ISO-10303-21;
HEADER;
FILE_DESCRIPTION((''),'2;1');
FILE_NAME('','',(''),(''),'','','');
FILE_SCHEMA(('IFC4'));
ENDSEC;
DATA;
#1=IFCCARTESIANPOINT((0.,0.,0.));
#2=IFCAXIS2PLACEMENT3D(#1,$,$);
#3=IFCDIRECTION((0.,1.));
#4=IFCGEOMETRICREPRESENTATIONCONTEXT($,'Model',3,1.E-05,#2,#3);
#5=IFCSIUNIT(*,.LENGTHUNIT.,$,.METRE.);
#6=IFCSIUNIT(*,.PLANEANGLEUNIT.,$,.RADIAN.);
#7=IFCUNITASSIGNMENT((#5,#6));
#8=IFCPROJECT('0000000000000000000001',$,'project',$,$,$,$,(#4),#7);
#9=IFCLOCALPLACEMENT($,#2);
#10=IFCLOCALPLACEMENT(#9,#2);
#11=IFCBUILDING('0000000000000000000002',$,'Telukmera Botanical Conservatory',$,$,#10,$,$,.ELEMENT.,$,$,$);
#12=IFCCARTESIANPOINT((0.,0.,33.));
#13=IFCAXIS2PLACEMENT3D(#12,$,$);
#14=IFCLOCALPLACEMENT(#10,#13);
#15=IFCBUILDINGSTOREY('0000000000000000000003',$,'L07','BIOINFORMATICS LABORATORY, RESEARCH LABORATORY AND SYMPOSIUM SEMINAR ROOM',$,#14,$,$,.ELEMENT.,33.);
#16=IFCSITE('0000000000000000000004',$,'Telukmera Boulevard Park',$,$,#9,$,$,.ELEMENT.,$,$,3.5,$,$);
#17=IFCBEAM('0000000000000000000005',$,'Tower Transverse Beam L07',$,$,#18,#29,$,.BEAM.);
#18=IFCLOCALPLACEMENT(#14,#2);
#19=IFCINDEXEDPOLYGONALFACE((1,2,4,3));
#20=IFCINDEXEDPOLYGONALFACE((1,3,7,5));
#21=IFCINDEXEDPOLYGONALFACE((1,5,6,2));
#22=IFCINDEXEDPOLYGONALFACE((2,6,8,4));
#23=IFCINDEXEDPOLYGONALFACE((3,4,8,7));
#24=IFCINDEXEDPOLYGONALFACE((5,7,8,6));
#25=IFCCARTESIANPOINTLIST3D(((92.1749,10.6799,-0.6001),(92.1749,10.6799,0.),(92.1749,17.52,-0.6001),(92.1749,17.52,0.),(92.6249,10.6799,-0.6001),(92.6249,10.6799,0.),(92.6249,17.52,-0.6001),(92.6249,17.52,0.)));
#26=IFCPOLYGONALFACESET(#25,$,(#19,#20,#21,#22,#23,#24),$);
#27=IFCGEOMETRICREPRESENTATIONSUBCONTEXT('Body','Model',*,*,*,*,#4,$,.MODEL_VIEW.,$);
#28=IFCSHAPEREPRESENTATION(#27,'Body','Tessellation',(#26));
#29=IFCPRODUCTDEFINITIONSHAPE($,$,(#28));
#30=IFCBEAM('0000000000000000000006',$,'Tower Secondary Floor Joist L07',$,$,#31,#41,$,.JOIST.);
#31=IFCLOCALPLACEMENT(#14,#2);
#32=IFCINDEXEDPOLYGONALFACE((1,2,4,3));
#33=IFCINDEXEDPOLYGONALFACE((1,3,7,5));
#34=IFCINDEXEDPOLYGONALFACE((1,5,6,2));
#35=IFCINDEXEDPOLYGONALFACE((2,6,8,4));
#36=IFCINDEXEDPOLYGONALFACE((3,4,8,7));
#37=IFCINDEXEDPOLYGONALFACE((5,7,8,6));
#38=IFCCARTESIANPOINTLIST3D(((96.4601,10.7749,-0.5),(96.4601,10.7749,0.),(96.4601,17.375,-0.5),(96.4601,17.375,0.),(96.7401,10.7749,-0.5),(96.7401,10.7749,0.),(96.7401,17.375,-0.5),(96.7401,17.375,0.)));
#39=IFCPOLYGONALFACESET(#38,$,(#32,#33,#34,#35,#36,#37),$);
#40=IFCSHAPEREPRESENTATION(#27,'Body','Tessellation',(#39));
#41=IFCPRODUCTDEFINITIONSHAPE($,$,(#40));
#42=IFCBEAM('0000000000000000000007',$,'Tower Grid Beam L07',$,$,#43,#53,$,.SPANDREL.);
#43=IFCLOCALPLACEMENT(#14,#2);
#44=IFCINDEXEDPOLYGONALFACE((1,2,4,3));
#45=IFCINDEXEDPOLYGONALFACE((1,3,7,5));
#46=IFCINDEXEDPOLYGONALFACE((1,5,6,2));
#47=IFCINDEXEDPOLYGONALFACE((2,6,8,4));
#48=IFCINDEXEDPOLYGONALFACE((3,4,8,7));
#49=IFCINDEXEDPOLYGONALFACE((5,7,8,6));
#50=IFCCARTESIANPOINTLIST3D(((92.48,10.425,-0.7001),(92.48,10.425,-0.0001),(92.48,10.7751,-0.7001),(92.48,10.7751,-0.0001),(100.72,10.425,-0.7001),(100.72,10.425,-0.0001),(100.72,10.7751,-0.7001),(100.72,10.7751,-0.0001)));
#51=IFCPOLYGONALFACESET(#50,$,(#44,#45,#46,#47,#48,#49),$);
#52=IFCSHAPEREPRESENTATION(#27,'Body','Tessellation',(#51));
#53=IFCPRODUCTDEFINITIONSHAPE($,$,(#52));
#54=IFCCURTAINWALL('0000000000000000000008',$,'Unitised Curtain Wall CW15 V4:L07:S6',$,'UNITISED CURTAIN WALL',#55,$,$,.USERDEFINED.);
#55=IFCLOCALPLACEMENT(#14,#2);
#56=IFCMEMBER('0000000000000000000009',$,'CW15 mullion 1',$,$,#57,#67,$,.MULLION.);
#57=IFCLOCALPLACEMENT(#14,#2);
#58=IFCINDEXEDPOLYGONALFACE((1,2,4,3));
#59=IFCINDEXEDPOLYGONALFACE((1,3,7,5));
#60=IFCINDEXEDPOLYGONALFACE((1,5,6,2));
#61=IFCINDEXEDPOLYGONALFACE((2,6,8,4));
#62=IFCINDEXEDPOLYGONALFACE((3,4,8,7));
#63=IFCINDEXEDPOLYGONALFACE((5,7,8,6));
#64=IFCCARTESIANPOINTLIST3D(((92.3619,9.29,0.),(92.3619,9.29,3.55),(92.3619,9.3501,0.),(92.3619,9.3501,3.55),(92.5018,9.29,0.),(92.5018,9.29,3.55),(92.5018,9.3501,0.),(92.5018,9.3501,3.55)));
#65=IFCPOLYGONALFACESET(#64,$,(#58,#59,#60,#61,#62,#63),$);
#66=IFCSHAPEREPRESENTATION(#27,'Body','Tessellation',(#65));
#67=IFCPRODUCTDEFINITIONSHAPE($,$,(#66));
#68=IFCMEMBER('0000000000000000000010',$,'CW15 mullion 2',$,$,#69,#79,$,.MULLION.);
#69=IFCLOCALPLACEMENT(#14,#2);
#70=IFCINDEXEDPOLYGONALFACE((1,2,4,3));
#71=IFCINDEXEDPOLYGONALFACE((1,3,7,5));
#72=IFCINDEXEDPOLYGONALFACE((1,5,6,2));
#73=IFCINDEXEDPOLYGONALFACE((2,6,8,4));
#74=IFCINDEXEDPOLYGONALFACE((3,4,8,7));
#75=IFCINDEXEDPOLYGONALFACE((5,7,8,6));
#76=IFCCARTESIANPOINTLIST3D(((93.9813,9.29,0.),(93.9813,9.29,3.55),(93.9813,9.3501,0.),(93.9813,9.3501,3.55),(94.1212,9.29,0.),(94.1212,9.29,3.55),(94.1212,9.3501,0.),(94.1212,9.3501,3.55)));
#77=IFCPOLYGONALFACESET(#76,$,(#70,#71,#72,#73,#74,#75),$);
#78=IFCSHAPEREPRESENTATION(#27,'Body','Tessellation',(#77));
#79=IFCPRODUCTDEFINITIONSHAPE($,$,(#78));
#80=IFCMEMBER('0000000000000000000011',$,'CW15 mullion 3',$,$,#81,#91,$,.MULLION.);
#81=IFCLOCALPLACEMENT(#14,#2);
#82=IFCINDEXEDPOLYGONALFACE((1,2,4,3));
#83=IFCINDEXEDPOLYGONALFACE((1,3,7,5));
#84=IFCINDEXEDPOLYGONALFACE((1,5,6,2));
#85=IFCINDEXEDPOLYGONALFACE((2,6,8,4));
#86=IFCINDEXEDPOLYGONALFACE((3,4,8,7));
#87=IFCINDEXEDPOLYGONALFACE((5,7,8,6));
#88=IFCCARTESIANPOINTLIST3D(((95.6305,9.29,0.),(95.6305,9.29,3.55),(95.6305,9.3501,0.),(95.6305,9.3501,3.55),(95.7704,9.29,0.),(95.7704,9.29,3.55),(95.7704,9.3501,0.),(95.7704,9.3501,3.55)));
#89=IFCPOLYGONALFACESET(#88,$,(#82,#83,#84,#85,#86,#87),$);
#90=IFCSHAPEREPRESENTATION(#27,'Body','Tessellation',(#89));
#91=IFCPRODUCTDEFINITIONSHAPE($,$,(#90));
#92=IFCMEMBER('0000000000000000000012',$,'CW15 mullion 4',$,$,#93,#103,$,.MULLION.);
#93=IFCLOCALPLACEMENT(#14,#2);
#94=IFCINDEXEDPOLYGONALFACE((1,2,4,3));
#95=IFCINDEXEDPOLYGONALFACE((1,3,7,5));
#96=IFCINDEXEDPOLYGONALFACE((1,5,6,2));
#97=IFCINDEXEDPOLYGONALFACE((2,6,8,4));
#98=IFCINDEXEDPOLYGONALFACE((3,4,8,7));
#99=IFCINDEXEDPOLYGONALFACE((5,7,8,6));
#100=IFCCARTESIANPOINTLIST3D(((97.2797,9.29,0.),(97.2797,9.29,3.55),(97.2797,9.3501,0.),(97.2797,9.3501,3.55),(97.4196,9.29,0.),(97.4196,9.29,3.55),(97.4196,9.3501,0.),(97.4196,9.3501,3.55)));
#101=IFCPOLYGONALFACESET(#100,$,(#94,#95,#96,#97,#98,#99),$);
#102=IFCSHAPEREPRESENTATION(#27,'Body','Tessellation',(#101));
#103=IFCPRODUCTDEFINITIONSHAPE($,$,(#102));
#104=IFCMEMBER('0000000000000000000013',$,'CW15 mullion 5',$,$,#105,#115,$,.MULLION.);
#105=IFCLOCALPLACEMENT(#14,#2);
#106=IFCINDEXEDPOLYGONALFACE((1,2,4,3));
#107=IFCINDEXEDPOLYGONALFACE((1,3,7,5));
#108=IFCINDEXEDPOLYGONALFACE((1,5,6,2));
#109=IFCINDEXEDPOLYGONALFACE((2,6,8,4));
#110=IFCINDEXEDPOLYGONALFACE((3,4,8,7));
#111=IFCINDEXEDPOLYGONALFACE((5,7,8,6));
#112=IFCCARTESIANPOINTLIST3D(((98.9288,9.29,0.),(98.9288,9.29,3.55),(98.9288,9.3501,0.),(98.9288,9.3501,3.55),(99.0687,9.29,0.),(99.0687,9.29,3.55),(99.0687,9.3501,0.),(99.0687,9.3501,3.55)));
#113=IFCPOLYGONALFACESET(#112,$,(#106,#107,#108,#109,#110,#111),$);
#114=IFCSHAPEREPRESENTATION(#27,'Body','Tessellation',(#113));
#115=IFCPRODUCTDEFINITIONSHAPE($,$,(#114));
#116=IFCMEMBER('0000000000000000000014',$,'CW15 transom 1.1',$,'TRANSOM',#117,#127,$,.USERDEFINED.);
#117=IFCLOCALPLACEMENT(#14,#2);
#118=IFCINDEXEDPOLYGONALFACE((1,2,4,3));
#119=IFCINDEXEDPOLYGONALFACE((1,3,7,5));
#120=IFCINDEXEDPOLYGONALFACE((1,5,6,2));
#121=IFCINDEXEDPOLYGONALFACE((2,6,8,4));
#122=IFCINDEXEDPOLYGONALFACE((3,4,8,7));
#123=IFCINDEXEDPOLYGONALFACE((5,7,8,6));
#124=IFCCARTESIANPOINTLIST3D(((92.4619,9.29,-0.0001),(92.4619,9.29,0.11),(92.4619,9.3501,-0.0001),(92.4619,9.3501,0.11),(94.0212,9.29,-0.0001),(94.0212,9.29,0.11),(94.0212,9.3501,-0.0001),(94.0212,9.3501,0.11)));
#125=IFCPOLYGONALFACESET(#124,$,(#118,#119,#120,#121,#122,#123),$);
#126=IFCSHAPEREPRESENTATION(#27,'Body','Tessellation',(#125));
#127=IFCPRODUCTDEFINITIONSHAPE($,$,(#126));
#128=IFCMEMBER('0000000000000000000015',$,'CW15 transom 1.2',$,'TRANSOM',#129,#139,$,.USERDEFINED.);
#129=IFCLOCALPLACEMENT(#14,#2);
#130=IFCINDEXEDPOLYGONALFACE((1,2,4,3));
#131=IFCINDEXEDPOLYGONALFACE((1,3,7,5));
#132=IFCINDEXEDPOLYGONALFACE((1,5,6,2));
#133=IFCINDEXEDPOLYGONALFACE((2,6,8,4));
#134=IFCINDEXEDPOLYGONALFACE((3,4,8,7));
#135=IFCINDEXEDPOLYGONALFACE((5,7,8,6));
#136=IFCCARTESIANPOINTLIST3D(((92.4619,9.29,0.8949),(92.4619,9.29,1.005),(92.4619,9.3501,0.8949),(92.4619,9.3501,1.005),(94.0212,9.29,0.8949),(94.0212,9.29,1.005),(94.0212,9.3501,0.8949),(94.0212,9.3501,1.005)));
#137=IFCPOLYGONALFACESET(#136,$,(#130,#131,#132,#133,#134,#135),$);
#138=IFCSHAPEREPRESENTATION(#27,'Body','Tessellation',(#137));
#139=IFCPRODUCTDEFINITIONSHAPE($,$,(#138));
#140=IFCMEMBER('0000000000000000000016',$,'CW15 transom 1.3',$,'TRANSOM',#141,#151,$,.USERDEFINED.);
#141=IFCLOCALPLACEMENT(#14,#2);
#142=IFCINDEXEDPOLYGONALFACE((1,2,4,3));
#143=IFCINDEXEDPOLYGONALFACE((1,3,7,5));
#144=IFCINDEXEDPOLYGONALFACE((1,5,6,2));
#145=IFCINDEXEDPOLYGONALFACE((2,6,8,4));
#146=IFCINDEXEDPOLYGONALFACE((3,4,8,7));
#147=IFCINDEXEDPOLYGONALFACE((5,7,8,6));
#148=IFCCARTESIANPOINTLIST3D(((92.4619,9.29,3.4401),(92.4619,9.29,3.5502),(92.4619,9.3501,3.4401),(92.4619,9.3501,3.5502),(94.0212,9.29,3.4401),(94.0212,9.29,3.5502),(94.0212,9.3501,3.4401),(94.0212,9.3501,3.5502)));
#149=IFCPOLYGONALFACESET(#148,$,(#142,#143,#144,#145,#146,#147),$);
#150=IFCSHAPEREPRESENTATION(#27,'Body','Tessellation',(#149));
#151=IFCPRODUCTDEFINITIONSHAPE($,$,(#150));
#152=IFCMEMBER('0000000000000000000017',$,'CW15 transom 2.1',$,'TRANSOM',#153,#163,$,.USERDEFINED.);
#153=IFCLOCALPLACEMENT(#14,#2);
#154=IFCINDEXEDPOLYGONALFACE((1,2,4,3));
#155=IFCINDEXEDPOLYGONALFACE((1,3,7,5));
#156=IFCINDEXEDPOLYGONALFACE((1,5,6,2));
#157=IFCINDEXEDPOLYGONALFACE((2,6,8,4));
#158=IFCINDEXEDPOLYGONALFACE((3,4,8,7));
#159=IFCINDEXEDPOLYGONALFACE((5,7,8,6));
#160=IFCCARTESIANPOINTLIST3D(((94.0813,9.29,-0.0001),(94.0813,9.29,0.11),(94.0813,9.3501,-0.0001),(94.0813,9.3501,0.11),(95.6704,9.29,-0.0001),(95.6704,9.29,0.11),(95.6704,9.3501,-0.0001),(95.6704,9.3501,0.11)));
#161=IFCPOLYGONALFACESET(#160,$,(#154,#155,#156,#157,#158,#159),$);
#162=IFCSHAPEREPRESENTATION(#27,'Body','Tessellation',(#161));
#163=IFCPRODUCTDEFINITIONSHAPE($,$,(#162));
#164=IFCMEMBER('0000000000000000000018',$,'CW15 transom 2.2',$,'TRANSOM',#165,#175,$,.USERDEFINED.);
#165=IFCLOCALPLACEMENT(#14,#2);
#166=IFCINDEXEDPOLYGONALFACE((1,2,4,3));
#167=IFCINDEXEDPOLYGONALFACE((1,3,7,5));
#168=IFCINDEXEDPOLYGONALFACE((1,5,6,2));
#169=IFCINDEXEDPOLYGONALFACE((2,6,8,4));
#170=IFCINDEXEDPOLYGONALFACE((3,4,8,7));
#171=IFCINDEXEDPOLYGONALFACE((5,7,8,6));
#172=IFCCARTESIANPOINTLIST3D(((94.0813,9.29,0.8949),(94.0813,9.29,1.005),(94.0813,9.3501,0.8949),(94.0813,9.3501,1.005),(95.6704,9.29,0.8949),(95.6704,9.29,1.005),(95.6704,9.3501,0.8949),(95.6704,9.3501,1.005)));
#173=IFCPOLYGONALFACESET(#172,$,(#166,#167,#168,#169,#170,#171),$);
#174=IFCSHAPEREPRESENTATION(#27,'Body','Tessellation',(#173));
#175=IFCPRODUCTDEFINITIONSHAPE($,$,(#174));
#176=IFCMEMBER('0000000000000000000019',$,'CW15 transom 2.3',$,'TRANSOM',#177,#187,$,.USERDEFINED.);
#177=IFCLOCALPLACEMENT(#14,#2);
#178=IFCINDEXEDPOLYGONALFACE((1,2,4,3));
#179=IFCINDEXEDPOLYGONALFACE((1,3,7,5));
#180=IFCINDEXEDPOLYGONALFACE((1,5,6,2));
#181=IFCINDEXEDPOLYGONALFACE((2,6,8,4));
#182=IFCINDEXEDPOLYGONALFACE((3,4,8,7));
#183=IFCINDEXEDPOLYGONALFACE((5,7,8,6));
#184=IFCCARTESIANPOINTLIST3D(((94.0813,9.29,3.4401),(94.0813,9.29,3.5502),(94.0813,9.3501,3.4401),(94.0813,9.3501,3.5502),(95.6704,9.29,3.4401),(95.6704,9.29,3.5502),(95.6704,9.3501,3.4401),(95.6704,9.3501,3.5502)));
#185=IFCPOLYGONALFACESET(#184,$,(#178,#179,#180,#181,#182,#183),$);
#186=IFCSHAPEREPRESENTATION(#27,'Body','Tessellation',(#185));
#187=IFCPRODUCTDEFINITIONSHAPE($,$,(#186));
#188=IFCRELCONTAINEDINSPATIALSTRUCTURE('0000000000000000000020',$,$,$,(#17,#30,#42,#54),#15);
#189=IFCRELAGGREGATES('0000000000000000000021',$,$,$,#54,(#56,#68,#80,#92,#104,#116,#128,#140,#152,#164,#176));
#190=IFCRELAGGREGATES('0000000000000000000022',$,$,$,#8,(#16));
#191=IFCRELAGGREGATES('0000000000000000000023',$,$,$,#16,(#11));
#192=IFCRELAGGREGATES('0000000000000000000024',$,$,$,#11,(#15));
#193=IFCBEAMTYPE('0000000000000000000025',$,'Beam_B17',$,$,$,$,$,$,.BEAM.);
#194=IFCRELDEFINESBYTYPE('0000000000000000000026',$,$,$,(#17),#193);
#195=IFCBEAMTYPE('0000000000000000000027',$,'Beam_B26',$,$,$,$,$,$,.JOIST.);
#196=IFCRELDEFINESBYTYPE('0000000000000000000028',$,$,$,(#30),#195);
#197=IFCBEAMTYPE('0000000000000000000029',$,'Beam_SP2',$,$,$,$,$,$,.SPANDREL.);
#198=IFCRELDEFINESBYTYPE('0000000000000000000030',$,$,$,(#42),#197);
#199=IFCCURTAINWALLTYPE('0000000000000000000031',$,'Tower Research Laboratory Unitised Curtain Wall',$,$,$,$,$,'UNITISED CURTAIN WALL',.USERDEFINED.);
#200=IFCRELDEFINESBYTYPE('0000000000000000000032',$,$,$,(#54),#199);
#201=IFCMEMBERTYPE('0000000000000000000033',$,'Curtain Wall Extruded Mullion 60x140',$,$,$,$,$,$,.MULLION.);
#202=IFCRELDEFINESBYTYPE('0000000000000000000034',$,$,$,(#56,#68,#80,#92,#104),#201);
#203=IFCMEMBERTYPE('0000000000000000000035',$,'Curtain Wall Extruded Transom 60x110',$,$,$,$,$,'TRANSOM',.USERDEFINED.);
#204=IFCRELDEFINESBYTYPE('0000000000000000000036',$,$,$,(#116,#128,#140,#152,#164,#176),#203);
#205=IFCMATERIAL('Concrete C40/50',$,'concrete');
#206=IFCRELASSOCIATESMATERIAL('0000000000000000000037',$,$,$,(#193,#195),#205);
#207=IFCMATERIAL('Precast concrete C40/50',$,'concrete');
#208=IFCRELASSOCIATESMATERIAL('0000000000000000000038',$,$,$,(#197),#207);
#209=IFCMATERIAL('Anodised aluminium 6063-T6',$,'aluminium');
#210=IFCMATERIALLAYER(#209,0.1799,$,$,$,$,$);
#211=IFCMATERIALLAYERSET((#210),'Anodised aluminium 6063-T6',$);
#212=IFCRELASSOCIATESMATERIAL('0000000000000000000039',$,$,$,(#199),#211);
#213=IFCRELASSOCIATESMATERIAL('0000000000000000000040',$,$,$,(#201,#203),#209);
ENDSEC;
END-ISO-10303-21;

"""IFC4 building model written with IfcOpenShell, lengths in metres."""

from ifc_helpers import new_model, si_unit, direction, frame, origin, origin_2d, place, context, subcontext, project, spatial, rectangle, extrude, material, layer, layer_set, material_profile, profile_set, type_object, element, aggregate, save


model = new_model("IFC4")

# Units and contexts
model_context = context("Model", 3, precision=1e-05, world=origin(), true_north=direction((0.0, 1.0)))
body_context = subcontext(model_context, "Body", "Model", "MODEL_VIEW")
ifc_project = project(units=[si_unit("LENGTHUNIT", "METRE"), si_unit("PLANEANGLEUNIT", "RADIAN")], contexts=[model_context])

# Site, building, storey
site_placement = place(None, origin())
site = spatial("IfcSite", under=ifc_project, at=site_placement, Name="Telukmera Boulevard Park", CompositionType="ELEMENT", RefElevation=3.5)
building_placement = place(site_placement, origin())
building = spatial("IfcBuilding", under=site, at=building_placement, Name="Telukmera Botanical Conservatory", CompositionType="ELEMENT")
storey_placement = place(building_placement, frame((0.0, 0.0, 33.0)))
storey = spatial("IfcBuildingStorey", under=building, at=storey_placement, Name="L07", Description="BIOINFORMATICS LABORATORY, RESEARCH LABORATORY AND SYMPOSIUM SEMINAR ROOM", CompositionType="ELEMENT", Elevation=33.0)

# Beams
ifc_material_1 = material(Name="Concrete C40/50", Category="concrete")
ifc_material_profile_1 = material_profile(ifc_material_1, rectangle(XDim=0.45, YDim=0.6001, at=origin_2d()), Name="RC 450x600")
ifc_profile_set_1 = profile_set([ifc_material_profile_1], Name="Concrete C40/50")
beam_type_1 = type_object("IfcBeamType", Name="Beam_B17", PredefinedType="BEAM", material=ifc_profile_set_1)
beam_1_placement = place(storey_placement, frame((92.3999, 10.6799, -0.3), z_axis=(0.0, 1.0, 0.0), x_axis=(-1.0, 0.0, 0.0)))
element("IfcBeam", 1, at=beam_1_placement, inside=storey, type_object=beam_type_1, Name="Tower Transverse Beam L07", PredefinedType="BEAM", context=body_context, shape_type="SweptSolid", body=[
    extrude(rectangle(XDim=0.45, YDim=0.6001, at=origin_2d()), origin(), (0.0, 0.0, 1.0), 6.8401),
])
ifc_material_profile_2 = material_profile(ifc_material_1, rectangle(XDim=0.28, YDim=0.5, at=origin_2d()), Name="RC 280x500")
ifc_profile_set_2 = profile_set([ifc_material_profile_2], Name="Concrete C40/50")
beam_type_2 = type_object("IfcBeamType", Name="Beam_B26", PredefinedType="JOIST", material=ifc_profile_set_2)
beam_2_placement = place(storey_placement, frame((96.6001, 10.7749, -0.25), z_axis=(0.0, 1.0, 0.0), x_axis=(-1.0, 0.0, 0.0)))
element("IfcBeam", 2, at=beam_2_placement, inside=storey, type_object=beam_type_2, Name="Tower Secondary Floor Joist L07", PredefinedType="JOIST", context=body_context, shape_type="SweptSolid", body=[
    extrude(rectangle(XDim=0.28, YDim=0.5, at=origin_2d()), origin(), (0.0, 0.0, 1.0), 6.6001),
])
ifc_material_2 = material(Name="Precast concrete C40/50", Category="concrete")
ifc_material_profile_3 = material_profile(ifc_material_2, rectangle(XDim=0.3501, YDim=0.7, at=origin_2d()), Name="PC 350x700")
ifc_profile_set_3 = profile_set([ifc_material_profile_3], Name="Precast concrete C40/50")
beam_type_3 = type_object("IfcBeamType", Name="Beam_SP2", PredefinedType="SPANDREL", material=ifc_profile_set_3)
beam_3_placement = place(storey_placement, frame((92.48, 10.6001, -0.3501), z_axis=(1.0, 0.0, 0.0), x_axis=(0.0, 1.0, 0.0)))
element("IfcBeam", 3, at=beam_3_placement, inside=storey, type_object=beam_type_3, Name="Tower Grid Beam L07", PredefinedType="SPANDREL", context=body_context, shape_type="SweptSolid", body=[
    extrude(rectangle(XDim=0.3501, YDim=0.7, at=origin_2d()), origin(), (0.0, 0.0, 1.0), 8.24),
])

# Curtain wall, members
ifc_material_3 = material(Name="Anodised aluminium 6063-T6", Category="aluminium")
ifc_layer_1 = layer(ifc_material_3, 0.1799)
ifc_layer_set_1 = layer_set([ifc_layer_1], Name="Anodised aluminium 6063-T6")
curtain_wall_type = type_object("IfcCurtainWallType", Name="Tower Research Laboratory Unitised Curtain Wall", ElementType="UNITISED CURTAIN WALL", PredefinedType="USERDEFINED", material=ifc_layer_set_1)
curtain_wall_placement = place(storey_placement, origin())
curtain_wall = element("IfcCurtainWall", 4, at=curtain_wall_placement, inside=storey, type_object=curtain_wall_type, Name="Unitised Curtain Wall CW15 V4:L07:S6", ObjectType="UNITISED CURTAIN WALL", PredefinedType="USERDEFINED")
ifc_material_profile_4 = material_profile(ifc_material_3, rectangle(XDim=0.0601, YDim=0.1399, at=origin_2d()), Name="ALU MULL 60x140")
ifc_profile_set_4 = profile_set([ifc_material_profile_4], Name="Anodised aluminium 6063-T6")
member_type_1 = type_object("IfcMemberType", Name="Curtain Wall Extruded Mullion 60x140", PredefinedType="MULLION", material=ifc_profile_set_4)
member_1_placement = place(storey_placement, frame((92.4319, 9.3201, 0.0), z_axis=(0.0, 0.0, 1.0), x_axis=(0.0, 1.0, 0.0)))
member_1 = element("IfcMember", 5, at=member_1_placement, type_object=member_type_1, Name="CW15 mullion 1", PredefinedType="MULLION", context=body_context, shape_type="SweptSolid", body=[
    extrude(rectangle(XDim=0.0601, YDim=0.1399, at=origin_2d()), origin(), (0.0, 0.0, 1.0), 3.55),
])
member_2_placement = place(storey_placement, frame((94.0513, 9.3201, 0.0), z_axis=(0.0, 0.0, 1.0), x_axis=(0.0, 1.0, 0.0)))
member_2 = element("IfcMember", 6, at=member_2_placement, type_object=member_type_1, Name="CW15 mullion 2", PredefinedType="MULLION", context=body_context, shape_type="SweptSolid", body=[
    extrude(rectangle(XDim=0.0601, YDim=0.1399, at=origin_2d()), origin(), (0.0, 0.0, 1.0), 3.55),
])
member_3_placement = place(storey_placement, frame((95.7004, 9.3201, 0.0), z_axis=(0.0, 0.0, 1.0), x_axis=(0.0, 1.0, 0.0)))
member_3 = element("IfcMember", 7, at=member_3_placement, type_object=member_type_1, Name="CW15 mullion 3", PredefinedType="MULLION", context=body_context, shape_type="SweptSolid", body=[
    extrude(rectangle(XDim=0.0601, YDim=0.1399, at=origin_2d()), origin(), (0.0, 0.0, 1.0), 3.55),
])
member_4_placement = place(storey_placement, frame((97.3496, 9.3201, 0.0), z_axis=(0.0, 0.0, 1.0), x_axis=(0.0, 1.0, 0.0)))
member_4 = element("IfcMember", 8, at=member_4_placement, type_object=member_type_1, Name="CW15 mullion 4", PredefinedType="MULLION", context=body_context, shape_type="SweptSolid", body=[
    extrude(rectangle(XDim=0.0601, YDim=0.1399, at=origin_2d()), origin(), (0.0, 0.0, 1.0), 3.55),
])
member_5_placement = place(storey_placement, frame((98.9988, 9.3201, 0.0), z_axis=(0.0, 0.0, 1.0), x_axis=(0.0, 1.0, 0.0)))
member_5 = element("IfcMember", 9, at=member_5_placement, type_object=member_type_1, Name="CW15 mullion 5", PredefinedType="MULLION", context=body_context, shape_type="SweptSolid", body=[
    extrude(rectangle(XDim=0.0601, YDim=0.1399, at=origin_2d()), origin(), (0.0, 0.0, 1.0), 3.55),
])
ifc_material_profile_5 = material_profile(ifc_material_3, rectangle(XDim=0.0601, YDim=0.1101, at=origin_2d()), Name="ALU TRAN 60x110")
ifc_profile_set_5 = profile_set([ifc_material_profile_5], Name="Anodised aluminium 6063-T6")
member_type_2 = type_object("IfcMemberType", Name="Curtain Wall Extruded Transom 60x110", ElementType="TRANSOM", PredefinedType="USERDEFINED", material=ifc_profile_set_5)
member_6_placement = place(storey_placement, frame((92.4619, 9.3201, 0.0549), z_axis=(1.0, 0.0, 0.0), x_axis=(0.0, 1.0, 0.0)))
member_6 = element("IfcMember", 10, at=member_6_placement, type_object=member_type_2, Name="CW15 transom 1.1", ObjectType="TRANSOM", PredefinedType="USERDEFINED", context=body_context, shape_type="SweptSolid", body=[
    extrude(rectangle(XDim=0.0601, YDim=0.1101, at=origin_2d()), origin(), (0.0, 0.0, 1.0), 1.5593),
])
member_7_placement = place(storey_placement, frame((92.4619, 9.3201, 0.95), z_axis=(1.0, 0.0, 0.0), x_axis=(0.0, 1.0, 0.0)))
member_7 = element("IfcMember", 11, at=member_7_placement, type_object=member_type_2, Name="CW15 transom 1.2", ObjectType="TRANSOM", PredefinedType="USERDEFINED", context=body_context, shape_type="SweptSolid", body=[
    extrude(rectangle(XDim=0.0601, YDim=0.1101, at=origin_2d()), origin(), (0.0, 0.0, 1.0), 1.5593),
])
member_8_placement = place(storey_placement, frame((92.4619, 9.3201, 3.4951), z_axis=(1.0, 0.0, 0.0), x_axis=(0.0, 1.0, 0.0)))
member_8 = element("IfcMember", 12, at=member_8_placement, type_object=member_type_2, Name="CW15 transom 1.3", ObjectType="TRANSOM", PredefinedType="USERDEFINED", context=body_context, shape_type="SweptSolid", body=[
    extrude(rectangle(XDim=0.0601, YDim=0.1101, at=origin_2d()), origin(), (0.0, 0.0, 1.0), 1.5593),
])
member_9_placement = place(storey_placement, frame((94.0813, 9.3201, 0.0549), z_axis=(1.0, 0.0, 0.0), x_axis=(0.0, 1.0, 0.0)))
member_9 = element("IfcMember", 13, at=member_9_placement, type_object=member_type_2, Name="CW15 transom 2.1", ObjectType="TRANSOM", PredefinedType="USERDEFINED", context=body_context, shape_type="SweptSolid", body=[
    extrude(rectangle(XDim=0.0601, YDim=0.1101, at=origin_2d()), origin(), (0.0, 0.0, 1.0), 1.5891),
])
member_10_placement = place(storey_placement, frame((94.0813, 9.3201, 0.95), z_axis=(1.0, 0.0, 0.0), x_axis=(0.0, 1.0, 0.0)))
member_10 = element("IfcMember", 14, at=member_10_placement, type_object=member_type_2, Name="CW15 transom 2.2", ObjectType="TRANSOM", PredefinedType="USERDEFINED", context=body_context, shape_type="SweptSolid", body=[
    extrude(rectangle(XDim=0.0601, YDim=0.1101, at=origin_2d()), origin(), (0.0, 0.0, 1.0), 1.5891),
])
member_11_placement = place(storey_placement, frame((94.0813, 9.3201, 3.4951), z_axis=(1.0, 0.0, 0.0), x_axis=(0.0, 1.0, 0.0)))
member_11 = element("IfcMember", 15, at=member_11_placement, type_object=member_type_2, Name="CW15 transom 2.3", ObjectType="TRANSOM", PredefinedType="USERDEFINED", context=body_context, shape_type="SweptSolid", body=[
    extrude(rectangle(XDim=0.0601, YDim=0.1101, at=origin_2d()), origin(), (0.0, 0.0, 1.0), 1.5891),
])
aggregate(curtain_wall, [member_1, member_2, member_3, member_4, member_5, member_6, member_7, member_8, member_9, member_10, member_11])

save(model, "model.ifc")
